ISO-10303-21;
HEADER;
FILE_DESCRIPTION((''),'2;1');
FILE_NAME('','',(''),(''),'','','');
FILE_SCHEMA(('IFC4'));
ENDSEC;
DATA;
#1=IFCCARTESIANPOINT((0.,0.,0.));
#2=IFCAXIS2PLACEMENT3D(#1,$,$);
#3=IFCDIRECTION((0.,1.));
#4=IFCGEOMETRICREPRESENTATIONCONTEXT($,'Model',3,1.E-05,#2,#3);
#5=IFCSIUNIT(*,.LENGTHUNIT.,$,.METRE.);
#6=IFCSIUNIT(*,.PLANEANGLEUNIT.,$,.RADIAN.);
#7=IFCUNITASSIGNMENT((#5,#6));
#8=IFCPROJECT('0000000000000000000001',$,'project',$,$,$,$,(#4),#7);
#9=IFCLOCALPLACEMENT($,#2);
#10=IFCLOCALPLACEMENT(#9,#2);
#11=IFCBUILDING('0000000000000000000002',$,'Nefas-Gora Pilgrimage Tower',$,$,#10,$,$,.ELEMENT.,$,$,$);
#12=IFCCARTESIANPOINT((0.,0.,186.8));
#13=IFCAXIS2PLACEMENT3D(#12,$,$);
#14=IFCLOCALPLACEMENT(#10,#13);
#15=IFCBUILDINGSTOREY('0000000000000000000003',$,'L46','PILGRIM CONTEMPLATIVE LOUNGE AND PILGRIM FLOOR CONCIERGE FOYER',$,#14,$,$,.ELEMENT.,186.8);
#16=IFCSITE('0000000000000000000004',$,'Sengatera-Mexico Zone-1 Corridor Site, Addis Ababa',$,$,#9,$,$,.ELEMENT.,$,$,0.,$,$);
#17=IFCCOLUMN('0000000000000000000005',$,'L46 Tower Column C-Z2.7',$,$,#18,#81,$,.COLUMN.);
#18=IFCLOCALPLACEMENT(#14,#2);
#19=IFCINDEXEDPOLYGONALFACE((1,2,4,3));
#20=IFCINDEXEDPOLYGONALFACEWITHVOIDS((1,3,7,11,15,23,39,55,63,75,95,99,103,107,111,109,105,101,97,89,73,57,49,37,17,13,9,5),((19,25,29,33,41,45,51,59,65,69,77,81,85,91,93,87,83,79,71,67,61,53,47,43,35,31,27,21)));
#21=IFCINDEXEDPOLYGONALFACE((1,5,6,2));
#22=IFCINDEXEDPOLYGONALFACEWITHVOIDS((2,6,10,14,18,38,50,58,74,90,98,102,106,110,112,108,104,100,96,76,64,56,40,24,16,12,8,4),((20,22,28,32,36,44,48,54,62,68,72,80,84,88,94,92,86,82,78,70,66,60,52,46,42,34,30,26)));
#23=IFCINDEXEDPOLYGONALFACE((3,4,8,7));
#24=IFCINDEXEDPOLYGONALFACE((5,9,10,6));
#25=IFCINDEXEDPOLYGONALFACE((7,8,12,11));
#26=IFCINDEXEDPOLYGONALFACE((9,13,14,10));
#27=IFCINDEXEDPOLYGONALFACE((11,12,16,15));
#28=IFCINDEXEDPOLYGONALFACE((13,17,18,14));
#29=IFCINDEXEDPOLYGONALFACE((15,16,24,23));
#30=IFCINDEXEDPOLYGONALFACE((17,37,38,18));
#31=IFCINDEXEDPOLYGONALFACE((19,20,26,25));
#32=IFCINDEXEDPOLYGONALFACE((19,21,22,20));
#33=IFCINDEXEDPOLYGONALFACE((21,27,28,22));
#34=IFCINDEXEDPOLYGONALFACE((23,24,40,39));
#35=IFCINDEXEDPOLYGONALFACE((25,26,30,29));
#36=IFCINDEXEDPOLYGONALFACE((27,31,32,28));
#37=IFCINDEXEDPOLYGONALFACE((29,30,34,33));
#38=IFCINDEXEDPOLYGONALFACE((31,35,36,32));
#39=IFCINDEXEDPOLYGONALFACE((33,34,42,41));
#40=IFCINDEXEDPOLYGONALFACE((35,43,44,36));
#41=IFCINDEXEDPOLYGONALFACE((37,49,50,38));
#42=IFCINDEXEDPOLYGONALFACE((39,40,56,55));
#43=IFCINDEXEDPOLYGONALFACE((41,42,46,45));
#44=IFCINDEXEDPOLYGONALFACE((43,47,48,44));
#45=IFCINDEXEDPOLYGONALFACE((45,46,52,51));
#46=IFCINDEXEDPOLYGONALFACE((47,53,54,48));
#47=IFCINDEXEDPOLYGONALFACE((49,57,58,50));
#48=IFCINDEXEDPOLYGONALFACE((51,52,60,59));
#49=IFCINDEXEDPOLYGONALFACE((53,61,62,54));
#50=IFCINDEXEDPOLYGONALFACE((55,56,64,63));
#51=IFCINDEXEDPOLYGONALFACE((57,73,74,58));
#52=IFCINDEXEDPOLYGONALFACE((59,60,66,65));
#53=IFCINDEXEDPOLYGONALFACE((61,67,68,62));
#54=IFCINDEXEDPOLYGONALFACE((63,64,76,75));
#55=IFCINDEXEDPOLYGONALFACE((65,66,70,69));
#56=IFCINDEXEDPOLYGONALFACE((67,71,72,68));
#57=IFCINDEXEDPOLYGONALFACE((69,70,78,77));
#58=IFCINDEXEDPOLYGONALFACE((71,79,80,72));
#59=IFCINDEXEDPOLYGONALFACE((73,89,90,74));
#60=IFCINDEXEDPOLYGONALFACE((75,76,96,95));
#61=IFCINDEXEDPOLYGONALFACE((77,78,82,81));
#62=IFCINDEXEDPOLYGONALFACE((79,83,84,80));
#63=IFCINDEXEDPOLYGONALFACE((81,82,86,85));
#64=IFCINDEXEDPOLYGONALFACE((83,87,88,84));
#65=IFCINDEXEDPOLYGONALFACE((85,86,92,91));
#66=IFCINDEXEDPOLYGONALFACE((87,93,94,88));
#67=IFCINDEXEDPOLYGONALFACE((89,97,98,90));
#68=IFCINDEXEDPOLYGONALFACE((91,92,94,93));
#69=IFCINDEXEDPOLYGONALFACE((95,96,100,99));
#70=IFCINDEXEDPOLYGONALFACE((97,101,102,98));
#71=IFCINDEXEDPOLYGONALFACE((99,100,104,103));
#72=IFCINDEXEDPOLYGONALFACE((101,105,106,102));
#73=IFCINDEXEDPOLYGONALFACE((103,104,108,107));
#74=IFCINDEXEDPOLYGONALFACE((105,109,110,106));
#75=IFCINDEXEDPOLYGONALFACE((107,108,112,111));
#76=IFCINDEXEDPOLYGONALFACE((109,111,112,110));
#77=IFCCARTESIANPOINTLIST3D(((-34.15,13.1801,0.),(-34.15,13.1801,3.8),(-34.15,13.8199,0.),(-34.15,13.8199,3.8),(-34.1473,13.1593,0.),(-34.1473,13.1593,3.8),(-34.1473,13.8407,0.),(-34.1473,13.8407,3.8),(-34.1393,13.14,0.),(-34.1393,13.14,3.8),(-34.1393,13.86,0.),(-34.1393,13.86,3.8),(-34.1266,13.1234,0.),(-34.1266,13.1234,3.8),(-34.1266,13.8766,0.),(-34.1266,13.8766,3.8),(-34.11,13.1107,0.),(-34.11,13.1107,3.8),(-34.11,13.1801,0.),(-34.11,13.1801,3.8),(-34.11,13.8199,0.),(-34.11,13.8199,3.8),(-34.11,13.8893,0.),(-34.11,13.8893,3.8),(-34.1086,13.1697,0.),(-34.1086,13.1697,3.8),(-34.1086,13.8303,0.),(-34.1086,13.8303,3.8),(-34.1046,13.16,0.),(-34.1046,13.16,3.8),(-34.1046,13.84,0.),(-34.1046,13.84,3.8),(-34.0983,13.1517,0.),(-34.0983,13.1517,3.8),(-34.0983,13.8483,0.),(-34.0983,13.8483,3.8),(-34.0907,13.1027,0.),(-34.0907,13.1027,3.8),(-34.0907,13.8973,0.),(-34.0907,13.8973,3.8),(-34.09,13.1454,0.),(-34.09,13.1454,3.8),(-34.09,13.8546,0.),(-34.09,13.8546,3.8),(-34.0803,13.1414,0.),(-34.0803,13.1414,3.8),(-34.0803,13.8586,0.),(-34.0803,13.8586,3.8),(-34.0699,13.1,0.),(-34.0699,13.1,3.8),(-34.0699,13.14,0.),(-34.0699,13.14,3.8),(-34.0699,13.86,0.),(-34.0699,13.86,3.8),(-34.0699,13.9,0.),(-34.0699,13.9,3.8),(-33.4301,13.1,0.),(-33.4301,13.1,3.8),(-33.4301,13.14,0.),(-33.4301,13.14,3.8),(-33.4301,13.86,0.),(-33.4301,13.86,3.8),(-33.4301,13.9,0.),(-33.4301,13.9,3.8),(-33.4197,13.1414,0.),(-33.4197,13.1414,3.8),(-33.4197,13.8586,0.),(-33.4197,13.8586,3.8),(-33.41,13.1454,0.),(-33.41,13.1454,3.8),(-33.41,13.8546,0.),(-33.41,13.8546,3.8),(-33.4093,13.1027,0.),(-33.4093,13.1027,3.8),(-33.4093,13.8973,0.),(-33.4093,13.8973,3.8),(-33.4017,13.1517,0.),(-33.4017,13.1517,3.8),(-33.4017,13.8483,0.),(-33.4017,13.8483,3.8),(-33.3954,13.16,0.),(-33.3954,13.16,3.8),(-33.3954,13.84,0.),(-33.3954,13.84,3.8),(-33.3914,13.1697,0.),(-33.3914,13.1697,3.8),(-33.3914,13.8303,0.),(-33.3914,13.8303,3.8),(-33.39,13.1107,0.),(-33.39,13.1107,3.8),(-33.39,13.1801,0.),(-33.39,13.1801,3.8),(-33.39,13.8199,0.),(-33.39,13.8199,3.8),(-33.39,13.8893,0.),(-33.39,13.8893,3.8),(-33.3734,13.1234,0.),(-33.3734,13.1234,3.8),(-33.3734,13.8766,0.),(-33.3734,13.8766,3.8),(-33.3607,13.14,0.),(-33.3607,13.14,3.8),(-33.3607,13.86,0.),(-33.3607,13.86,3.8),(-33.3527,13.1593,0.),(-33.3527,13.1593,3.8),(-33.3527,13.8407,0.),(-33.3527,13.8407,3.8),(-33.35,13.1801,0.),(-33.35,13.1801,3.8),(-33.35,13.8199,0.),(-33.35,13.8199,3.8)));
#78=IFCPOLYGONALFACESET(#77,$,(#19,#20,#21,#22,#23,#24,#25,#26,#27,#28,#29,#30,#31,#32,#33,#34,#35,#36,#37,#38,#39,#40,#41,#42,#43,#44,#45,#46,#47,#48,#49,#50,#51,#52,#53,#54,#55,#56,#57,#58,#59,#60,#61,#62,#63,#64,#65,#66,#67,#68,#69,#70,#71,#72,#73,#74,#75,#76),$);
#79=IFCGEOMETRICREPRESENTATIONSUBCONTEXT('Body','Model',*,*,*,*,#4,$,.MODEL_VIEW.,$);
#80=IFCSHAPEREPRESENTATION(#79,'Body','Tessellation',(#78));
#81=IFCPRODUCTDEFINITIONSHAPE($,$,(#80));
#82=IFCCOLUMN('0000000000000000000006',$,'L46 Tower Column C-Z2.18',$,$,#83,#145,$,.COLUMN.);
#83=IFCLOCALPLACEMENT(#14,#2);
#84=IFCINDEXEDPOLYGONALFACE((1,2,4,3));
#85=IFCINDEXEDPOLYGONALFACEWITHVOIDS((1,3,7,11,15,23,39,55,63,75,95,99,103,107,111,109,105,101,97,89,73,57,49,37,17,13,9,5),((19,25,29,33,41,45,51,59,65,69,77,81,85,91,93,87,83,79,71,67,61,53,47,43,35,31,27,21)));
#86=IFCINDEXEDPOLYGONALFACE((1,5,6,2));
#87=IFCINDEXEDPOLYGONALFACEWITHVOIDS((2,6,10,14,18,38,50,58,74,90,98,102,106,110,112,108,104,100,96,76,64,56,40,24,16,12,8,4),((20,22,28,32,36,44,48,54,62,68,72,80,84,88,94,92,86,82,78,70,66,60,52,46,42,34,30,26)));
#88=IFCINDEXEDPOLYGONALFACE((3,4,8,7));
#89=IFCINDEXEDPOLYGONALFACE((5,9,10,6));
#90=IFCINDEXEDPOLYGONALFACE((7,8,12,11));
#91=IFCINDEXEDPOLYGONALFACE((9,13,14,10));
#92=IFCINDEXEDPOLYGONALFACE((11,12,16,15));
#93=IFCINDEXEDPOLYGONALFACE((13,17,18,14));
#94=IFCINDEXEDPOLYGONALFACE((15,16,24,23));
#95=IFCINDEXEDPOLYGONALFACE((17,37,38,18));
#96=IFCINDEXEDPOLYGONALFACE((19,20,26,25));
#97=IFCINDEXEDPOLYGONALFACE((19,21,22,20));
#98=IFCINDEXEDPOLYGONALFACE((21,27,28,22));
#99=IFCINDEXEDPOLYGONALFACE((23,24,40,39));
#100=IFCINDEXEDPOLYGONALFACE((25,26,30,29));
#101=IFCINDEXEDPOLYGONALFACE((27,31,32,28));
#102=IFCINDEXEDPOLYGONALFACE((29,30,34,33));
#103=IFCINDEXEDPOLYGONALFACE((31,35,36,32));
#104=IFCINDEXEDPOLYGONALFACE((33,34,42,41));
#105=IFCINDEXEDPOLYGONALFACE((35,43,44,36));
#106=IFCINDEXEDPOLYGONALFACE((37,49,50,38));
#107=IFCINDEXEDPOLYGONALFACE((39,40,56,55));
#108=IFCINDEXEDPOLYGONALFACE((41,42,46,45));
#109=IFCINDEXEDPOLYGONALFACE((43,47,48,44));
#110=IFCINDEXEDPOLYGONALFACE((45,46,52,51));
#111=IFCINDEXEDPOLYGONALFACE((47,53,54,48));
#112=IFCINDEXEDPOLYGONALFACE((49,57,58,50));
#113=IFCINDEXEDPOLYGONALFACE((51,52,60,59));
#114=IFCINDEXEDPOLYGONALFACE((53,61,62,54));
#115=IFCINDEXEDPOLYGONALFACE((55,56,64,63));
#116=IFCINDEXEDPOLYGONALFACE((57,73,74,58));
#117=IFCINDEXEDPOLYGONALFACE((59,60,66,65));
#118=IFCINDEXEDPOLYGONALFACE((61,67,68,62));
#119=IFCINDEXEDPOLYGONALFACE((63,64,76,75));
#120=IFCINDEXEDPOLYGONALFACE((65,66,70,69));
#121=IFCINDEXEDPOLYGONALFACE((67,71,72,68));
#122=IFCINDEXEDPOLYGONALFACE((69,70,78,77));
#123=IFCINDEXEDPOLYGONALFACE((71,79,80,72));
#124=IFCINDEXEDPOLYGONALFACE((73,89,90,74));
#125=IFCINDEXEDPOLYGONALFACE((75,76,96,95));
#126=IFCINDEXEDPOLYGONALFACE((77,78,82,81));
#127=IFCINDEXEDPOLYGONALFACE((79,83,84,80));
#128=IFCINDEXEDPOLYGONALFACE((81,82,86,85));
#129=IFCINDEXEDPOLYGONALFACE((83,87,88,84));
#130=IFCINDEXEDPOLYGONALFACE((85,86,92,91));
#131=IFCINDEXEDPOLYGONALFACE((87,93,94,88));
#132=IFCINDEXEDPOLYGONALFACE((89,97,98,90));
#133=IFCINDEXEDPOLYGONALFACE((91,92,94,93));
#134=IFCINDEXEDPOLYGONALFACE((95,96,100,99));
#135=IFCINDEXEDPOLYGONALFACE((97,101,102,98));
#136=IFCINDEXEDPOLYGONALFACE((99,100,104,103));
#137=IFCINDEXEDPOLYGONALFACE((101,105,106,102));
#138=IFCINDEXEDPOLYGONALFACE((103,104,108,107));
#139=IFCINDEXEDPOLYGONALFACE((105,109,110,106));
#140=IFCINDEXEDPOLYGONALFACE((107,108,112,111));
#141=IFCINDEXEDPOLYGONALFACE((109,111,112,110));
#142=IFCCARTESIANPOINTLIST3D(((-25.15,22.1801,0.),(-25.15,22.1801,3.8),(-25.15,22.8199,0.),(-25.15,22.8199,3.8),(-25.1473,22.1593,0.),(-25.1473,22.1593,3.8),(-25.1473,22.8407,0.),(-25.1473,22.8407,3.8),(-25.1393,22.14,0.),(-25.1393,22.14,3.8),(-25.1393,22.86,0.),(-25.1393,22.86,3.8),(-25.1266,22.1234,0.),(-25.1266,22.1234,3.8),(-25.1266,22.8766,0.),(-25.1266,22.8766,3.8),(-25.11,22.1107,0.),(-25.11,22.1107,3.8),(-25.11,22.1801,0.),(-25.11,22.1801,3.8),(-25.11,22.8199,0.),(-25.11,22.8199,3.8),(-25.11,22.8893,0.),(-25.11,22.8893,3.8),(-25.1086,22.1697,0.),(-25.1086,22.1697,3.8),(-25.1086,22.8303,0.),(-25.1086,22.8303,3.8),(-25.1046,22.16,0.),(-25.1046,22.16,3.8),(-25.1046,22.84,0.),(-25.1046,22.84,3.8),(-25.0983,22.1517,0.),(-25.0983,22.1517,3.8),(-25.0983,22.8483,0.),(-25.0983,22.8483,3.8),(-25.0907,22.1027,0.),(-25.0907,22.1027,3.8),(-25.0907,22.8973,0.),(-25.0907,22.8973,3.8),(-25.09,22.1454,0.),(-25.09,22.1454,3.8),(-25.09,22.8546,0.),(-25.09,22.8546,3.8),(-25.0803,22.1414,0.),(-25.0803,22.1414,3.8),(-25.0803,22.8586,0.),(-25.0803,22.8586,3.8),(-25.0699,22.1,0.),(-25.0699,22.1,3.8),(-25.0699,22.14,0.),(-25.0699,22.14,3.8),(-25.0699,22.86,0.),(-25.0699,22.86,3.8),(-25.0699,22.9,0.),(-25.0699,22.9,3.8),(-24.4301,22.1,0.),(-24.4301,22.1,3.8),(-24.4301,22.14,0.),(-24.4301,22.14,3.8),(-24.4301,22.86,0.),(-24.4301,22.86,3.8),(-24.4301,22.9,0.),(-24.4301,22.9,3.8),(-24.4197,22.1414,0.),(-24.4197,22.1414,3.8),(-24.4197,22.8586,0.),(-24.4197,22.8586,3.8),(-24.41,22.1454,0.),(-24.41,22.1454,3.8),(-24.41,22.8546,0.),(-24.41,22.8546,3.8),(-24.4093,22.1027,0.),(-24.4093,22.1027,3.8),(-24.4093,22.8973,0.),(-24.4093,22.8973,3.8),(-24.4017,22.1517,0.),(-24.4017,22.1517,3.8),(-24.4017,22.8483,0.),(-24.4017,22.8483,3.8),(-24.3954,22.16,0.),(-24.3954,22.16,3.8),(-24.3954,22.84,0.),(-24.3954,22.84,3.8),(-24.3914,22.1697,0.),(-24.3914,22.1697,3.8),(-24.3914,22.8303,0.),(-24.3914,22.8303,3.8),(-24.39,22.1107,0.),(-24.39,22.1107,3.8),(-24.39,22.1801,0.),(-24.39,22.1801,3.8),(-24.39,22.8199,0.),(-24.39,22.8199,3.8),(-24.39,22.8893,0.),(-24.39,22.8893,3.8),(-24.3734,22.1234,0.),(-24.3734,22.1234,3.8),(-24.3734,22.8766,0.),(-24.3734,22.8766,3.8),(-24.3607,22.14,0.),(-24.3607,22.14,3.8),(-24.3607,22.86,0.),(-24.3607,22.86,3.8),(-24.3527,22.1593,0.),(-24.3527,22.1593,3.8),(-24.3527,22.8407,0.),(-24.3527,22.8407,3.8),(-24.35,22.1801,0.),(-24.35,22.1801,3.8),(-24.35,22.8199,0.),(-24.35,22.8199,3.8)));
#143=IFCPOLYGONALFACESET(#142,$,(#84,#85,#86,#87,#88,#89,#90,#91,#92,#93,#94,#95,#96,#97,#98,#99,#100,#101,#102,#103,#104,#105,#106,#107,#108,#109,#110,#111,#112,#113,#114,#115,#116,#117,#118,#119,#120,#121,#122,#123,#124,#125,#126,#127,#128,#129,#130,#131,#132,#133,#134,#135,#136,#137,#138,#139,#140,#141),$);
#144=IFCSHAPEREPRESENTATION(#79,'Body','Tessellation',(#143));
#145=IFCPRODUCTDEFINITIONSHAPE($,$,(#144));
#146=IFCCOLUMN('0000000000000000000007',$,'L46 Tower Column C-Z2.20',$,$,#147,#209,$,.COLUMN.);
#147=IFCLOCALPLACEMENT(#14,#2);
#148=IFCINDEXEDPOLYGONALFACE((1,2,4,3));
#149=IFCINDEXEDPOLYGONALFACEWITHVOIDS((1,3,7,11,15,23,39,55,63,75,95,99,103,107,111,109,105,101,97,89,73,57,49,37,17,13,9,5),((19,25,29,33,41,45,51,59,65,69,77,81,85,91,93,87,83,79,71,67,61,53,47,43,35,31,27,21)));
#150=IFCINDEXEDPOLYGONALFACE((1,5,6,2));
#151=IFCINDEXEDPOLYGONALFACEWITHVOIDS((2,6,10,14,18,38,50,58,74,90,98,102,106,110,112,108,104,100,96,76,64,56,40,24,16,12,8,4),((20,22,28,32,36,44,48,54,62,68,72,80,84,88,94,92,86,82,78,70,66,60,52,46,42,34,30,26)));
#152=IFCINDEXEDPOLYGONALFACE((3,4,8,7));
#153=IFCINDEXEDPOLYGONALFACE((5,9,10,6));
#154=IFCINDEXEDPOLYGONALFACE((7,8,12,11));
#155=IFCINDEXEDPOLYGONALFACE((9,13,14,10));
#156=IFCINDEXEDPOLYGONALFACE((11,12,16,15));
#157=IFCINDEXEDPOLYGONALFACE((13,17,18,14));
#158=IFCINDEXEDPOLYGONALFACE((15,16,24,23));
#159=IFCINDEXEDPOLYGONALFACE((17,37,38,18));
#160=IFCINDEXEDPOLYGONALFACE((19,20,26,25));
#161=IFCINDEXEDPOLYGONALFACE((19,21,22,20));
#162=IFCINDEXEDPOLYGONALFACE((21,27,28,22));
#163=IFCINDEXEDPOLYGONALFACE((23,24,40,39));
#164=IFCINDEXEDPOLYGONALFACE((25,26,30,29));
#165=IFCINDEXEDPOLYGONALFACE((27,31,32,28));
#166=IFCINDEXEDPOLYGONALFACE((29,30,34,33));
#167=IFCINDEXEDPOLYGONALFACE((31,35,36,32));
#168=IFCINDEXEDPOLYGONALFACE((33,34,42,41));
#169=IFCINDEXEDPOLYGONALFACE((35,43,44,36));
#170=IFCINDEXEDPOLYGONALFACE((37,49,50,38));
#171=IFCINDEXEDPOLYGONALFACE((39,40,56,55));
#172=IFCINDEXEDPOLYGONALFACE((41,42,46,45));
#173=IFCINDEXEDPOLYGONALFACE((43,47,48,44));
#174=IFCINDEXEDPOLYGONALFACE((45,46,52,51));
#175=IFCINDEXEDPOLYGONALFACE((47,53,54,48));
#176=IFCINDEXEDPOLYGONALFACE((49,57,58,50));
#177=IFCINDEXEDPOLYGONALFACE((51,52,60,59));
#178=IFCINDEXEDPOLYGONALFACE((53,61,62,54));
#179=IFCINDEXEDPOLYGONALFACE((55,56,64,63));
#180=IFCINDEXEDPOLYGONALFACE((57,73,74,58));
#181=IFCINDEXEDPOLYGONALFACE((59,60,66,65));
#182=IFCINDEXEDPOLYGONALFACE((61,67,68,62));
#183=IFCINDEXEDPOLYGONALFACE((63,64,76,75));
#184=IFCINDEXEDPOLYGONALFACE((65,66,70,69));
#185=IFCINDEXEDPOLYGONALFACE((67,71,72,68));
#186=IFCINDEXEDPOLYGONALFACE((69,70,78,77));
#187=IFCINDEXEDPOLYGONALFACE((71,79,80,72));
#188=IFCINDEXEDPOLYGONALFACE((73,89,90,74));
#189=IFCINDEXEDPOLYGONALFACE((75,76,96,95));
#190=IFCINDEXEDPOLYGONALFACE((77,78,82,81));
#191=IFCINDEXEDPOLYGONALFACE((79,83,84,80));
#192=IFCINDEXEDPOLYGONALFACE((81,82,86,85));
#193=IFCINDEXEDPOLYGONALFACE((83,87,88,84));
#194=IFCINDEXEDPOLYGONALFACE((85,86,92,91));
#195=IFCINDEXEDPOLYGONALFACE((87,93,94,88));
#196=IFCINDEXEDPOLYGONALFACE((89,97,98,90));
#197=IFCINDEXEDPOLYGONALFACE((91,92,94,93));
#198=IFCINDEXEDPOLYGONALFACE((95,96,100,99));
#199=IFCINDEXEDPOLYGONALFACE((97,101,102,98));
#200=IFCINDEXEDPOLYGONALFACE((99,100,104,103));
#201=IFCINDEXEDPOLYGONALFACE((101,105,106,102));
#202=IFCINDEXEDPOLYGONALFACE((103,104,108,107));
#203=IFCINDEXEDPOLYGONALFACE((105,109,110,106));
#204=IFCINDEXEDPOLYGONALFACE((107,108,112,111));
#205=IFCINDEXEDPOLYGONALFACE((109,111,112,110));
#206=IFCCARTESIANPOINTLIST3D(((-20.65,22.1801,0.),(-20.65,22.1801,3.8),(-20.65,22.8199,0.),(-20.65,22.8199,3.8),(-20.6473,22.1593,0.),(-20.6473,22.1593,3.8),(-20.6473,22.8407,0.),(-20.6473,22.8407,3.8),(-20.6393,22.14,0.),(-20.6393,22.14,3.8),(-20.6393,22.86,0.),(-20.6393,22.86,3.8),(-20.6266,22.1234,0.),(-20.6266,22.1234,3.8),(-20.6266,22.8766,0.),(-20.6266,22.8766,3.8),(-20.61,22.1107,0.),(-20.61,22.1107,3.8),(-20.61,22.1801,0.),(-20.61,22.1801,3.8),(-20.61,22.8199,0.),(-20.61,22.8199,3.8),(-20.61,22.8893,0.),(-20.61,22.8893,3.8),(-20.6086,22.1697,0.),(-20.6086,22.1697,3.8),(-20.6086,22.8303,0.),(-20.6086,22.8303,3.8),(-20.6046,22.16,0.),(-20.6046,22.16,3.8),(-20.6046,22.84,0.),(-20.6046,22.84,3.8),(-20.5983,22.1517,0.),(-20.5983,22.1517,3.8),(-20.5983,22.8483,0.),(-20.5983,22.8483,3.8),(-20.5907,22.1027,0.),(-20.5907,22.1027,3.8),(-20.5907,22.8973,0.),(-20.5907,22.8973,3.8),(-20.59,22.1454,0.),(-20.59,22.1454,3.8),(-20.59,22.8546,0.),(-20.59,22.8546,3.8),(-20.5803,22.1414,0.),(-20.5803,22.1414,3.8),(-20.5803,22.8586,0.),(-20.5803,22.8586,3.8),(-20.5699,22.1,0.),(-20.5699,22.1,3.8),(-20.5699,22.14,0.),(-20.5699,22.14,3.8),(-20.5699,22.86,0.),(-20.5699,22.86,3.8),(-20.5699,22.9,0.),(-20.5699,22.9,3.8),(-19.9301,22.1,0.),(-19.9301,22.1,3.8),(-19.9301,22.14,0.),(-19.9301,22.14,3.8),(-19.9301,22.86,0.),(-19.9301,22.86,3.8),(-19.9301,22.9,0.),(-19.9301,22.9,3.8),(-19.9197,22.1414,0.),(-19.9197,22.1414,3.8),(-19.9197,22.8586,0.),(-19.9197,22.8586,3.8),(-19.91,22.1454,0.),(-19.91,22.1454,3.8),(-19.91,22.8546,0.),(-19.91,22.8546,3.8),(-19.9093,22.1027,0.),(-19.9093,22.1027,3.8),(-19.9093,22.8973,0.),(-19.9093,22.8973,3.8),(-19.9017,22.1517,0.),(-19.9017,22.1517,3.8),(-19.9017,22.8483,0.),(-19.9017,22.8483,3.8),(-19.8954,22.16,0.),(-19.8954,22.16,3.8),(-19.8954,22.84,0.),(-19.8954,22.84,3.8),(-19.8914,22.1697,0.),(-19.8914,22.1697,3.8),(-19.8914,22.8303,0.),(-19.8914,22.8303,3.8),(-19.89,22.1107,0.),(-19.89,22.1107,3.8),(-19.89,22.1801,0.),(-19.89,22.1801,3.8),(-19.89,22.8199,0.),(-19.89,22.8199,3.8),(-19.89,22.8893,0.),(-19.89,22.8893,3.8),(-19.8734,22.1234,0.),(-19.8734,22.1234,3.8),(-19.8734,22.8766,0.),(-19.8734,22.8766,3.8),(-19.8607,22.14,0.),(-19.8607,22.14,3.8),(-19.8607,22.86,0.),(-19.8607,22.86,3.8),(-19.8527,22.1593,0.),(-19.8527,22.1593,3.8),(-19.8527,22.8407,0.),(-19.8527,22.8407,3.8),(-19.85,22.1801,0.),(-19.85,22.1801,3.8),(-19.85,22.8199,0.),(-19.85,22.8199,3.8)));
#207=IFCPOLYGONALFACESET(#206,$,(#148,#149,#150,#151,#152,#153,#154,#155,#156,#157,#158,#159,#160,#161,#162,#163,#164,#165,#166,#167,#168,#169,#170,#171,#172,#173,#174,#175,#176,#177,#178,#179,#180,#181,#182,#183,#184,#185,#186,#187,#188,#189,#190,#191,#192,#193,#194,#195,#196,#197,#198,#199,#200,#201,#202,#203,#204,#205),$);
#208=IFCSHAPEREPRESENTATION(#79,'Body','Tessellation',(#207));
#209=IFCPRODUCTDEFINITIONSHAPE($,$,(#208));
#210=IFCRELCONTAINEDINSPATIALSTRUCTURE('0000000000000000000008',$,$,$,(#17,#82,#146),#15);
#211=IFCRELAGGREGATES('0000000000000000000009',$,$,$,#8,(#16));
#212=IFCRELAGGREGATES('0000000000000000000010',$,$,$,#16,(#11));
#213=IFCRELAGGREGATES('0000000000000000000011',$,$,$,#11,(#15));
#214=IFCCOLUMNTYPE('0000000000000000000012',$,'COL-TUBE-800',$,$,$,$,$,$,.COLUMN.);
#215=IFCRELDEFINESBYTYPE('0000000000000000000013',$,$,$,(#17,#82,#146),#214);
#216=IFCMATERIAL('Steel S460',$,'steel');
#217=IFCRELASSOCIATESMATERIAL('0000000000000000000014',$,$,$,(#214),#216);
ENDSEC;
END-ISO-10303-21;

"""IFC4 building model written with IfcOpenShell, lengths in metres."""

from ifc_helpers import new_model, si_unit, direction, frame, origin, origin_2d, place, context, subcontext, project, spatial, hollow_rectangle, extrude, source, transform, mapped, material, material_profile, profile_set, type_object, element, save


model = new_model("IFC4")

# Units and contexts
model_context = context("Model", 3, precision=1e-05, world=origin(), true_north=direction((0.0, 1.0)))
body_context = subcontext(model_context, "Body", "Model", "MODEL_VIEW")
ifc_project = project(units=[si_unit("LENGTHUNIT", "METRE"), si_unit("PLANEANGLEUNIT", "RADIAN")], contexts=[model_context])

# Site, building, storey
site_placement = place(None, origin())
site = spatial("IfcSite", under=ifc_project, at=site_placement, Name="Sengatera-Mexico Zone-1 Corridor Site, Addis Ababa", CompositionType="ELEMENT", RefElevation=0.0)
building_placement = place(site_placement, origin())
building = spatial("IfcBuilding", under=site, at=building_placement, Name="Nefas-Gora Pilgrimage Tower", CompositionType="ELEMENT")
storey_placement = place(building_placement, frame((0.0, 0.0, 186.8)))
storey = spatial("IfcBuildingStorey", under=building, at=storey_placement, Name="L46", Description="PILGRIM CONTEMPLATIVE LOUNGE AND PILGRIM FLOOR CONCIERGE FOYER", CompositionType="ELEMENT", Elevation=186.8)

# Columns
ifc_material_1 = material(Name="Steel S460", Category="steel")
ifc_material_profile_1 = material_profile(ifc_material_1, hollow_rectangle(XDim=0.8, YDim=0.8, WallThickness=0.04, InnerFilletRadius=0.04, OuterFilletRadius=0.0801, at=origin_2d()), Name="BOX 800x800x40")
ifc_profile_set_1 = profile_set([ifc_material_profile_1], Name="Steel S460")
column_type_1 = type_object("IfcColumnType", Name="COL-TUBE-800", PredefinedType="COLUMN", material=ifc_profile_set_1)
shared_shape_1 = source(origin(), body_context, "Body", "SweptSolid", [
    extrude(hollow_rectangle(XDim=0.8, YDim=0.8, WallThickness=0.04, InnerFilletRadius=0.04, OuterFilletRadius=0.0801, at=origin_2d()), origin(), (0.0, 0.0, 1.0), 3.8),
])
for number, where, z_axis, x_axis, name in (
    (1, (-33.75, 13.5, 0.0), (0.0, 0.0, 1.0), (1.0, 0.0, 0.0), "L46 Tower Column C-Z2.7"),
    (2, (-24.75, 22.5, 0.0), (0.0, 0.0, 1.0), (1.0, 0.0, 0.0), "L46 Tower Column C-Z2.18"),
    (3, (-20.25, 22.5, 0.0), (0.0, 0.0, 1.0), (1.0, 0.0, 0.0), "L46 Tower Column C-Z2.20"),
):
    element("IfcColumn", number, at=place(storey_placement, frame(where, z_axis=z_axis, x_axis=x_axis)), inside=storey, type_object=column_type_1, Name=name, PredefinedType="COLUMN", context=body_context, shape_type="MappedRepresentation", body=[
        mapped(shared_shape_1, transform((0.0, 0.0, 0.0), x_axis=(1.0, 0.0, 0.0), y_axis=(0.0, 1.0, 0.0), z_axis=(0.0, 0.0, 1.0), scale=1.0)),
    ])

save(model, "model.ifc")
